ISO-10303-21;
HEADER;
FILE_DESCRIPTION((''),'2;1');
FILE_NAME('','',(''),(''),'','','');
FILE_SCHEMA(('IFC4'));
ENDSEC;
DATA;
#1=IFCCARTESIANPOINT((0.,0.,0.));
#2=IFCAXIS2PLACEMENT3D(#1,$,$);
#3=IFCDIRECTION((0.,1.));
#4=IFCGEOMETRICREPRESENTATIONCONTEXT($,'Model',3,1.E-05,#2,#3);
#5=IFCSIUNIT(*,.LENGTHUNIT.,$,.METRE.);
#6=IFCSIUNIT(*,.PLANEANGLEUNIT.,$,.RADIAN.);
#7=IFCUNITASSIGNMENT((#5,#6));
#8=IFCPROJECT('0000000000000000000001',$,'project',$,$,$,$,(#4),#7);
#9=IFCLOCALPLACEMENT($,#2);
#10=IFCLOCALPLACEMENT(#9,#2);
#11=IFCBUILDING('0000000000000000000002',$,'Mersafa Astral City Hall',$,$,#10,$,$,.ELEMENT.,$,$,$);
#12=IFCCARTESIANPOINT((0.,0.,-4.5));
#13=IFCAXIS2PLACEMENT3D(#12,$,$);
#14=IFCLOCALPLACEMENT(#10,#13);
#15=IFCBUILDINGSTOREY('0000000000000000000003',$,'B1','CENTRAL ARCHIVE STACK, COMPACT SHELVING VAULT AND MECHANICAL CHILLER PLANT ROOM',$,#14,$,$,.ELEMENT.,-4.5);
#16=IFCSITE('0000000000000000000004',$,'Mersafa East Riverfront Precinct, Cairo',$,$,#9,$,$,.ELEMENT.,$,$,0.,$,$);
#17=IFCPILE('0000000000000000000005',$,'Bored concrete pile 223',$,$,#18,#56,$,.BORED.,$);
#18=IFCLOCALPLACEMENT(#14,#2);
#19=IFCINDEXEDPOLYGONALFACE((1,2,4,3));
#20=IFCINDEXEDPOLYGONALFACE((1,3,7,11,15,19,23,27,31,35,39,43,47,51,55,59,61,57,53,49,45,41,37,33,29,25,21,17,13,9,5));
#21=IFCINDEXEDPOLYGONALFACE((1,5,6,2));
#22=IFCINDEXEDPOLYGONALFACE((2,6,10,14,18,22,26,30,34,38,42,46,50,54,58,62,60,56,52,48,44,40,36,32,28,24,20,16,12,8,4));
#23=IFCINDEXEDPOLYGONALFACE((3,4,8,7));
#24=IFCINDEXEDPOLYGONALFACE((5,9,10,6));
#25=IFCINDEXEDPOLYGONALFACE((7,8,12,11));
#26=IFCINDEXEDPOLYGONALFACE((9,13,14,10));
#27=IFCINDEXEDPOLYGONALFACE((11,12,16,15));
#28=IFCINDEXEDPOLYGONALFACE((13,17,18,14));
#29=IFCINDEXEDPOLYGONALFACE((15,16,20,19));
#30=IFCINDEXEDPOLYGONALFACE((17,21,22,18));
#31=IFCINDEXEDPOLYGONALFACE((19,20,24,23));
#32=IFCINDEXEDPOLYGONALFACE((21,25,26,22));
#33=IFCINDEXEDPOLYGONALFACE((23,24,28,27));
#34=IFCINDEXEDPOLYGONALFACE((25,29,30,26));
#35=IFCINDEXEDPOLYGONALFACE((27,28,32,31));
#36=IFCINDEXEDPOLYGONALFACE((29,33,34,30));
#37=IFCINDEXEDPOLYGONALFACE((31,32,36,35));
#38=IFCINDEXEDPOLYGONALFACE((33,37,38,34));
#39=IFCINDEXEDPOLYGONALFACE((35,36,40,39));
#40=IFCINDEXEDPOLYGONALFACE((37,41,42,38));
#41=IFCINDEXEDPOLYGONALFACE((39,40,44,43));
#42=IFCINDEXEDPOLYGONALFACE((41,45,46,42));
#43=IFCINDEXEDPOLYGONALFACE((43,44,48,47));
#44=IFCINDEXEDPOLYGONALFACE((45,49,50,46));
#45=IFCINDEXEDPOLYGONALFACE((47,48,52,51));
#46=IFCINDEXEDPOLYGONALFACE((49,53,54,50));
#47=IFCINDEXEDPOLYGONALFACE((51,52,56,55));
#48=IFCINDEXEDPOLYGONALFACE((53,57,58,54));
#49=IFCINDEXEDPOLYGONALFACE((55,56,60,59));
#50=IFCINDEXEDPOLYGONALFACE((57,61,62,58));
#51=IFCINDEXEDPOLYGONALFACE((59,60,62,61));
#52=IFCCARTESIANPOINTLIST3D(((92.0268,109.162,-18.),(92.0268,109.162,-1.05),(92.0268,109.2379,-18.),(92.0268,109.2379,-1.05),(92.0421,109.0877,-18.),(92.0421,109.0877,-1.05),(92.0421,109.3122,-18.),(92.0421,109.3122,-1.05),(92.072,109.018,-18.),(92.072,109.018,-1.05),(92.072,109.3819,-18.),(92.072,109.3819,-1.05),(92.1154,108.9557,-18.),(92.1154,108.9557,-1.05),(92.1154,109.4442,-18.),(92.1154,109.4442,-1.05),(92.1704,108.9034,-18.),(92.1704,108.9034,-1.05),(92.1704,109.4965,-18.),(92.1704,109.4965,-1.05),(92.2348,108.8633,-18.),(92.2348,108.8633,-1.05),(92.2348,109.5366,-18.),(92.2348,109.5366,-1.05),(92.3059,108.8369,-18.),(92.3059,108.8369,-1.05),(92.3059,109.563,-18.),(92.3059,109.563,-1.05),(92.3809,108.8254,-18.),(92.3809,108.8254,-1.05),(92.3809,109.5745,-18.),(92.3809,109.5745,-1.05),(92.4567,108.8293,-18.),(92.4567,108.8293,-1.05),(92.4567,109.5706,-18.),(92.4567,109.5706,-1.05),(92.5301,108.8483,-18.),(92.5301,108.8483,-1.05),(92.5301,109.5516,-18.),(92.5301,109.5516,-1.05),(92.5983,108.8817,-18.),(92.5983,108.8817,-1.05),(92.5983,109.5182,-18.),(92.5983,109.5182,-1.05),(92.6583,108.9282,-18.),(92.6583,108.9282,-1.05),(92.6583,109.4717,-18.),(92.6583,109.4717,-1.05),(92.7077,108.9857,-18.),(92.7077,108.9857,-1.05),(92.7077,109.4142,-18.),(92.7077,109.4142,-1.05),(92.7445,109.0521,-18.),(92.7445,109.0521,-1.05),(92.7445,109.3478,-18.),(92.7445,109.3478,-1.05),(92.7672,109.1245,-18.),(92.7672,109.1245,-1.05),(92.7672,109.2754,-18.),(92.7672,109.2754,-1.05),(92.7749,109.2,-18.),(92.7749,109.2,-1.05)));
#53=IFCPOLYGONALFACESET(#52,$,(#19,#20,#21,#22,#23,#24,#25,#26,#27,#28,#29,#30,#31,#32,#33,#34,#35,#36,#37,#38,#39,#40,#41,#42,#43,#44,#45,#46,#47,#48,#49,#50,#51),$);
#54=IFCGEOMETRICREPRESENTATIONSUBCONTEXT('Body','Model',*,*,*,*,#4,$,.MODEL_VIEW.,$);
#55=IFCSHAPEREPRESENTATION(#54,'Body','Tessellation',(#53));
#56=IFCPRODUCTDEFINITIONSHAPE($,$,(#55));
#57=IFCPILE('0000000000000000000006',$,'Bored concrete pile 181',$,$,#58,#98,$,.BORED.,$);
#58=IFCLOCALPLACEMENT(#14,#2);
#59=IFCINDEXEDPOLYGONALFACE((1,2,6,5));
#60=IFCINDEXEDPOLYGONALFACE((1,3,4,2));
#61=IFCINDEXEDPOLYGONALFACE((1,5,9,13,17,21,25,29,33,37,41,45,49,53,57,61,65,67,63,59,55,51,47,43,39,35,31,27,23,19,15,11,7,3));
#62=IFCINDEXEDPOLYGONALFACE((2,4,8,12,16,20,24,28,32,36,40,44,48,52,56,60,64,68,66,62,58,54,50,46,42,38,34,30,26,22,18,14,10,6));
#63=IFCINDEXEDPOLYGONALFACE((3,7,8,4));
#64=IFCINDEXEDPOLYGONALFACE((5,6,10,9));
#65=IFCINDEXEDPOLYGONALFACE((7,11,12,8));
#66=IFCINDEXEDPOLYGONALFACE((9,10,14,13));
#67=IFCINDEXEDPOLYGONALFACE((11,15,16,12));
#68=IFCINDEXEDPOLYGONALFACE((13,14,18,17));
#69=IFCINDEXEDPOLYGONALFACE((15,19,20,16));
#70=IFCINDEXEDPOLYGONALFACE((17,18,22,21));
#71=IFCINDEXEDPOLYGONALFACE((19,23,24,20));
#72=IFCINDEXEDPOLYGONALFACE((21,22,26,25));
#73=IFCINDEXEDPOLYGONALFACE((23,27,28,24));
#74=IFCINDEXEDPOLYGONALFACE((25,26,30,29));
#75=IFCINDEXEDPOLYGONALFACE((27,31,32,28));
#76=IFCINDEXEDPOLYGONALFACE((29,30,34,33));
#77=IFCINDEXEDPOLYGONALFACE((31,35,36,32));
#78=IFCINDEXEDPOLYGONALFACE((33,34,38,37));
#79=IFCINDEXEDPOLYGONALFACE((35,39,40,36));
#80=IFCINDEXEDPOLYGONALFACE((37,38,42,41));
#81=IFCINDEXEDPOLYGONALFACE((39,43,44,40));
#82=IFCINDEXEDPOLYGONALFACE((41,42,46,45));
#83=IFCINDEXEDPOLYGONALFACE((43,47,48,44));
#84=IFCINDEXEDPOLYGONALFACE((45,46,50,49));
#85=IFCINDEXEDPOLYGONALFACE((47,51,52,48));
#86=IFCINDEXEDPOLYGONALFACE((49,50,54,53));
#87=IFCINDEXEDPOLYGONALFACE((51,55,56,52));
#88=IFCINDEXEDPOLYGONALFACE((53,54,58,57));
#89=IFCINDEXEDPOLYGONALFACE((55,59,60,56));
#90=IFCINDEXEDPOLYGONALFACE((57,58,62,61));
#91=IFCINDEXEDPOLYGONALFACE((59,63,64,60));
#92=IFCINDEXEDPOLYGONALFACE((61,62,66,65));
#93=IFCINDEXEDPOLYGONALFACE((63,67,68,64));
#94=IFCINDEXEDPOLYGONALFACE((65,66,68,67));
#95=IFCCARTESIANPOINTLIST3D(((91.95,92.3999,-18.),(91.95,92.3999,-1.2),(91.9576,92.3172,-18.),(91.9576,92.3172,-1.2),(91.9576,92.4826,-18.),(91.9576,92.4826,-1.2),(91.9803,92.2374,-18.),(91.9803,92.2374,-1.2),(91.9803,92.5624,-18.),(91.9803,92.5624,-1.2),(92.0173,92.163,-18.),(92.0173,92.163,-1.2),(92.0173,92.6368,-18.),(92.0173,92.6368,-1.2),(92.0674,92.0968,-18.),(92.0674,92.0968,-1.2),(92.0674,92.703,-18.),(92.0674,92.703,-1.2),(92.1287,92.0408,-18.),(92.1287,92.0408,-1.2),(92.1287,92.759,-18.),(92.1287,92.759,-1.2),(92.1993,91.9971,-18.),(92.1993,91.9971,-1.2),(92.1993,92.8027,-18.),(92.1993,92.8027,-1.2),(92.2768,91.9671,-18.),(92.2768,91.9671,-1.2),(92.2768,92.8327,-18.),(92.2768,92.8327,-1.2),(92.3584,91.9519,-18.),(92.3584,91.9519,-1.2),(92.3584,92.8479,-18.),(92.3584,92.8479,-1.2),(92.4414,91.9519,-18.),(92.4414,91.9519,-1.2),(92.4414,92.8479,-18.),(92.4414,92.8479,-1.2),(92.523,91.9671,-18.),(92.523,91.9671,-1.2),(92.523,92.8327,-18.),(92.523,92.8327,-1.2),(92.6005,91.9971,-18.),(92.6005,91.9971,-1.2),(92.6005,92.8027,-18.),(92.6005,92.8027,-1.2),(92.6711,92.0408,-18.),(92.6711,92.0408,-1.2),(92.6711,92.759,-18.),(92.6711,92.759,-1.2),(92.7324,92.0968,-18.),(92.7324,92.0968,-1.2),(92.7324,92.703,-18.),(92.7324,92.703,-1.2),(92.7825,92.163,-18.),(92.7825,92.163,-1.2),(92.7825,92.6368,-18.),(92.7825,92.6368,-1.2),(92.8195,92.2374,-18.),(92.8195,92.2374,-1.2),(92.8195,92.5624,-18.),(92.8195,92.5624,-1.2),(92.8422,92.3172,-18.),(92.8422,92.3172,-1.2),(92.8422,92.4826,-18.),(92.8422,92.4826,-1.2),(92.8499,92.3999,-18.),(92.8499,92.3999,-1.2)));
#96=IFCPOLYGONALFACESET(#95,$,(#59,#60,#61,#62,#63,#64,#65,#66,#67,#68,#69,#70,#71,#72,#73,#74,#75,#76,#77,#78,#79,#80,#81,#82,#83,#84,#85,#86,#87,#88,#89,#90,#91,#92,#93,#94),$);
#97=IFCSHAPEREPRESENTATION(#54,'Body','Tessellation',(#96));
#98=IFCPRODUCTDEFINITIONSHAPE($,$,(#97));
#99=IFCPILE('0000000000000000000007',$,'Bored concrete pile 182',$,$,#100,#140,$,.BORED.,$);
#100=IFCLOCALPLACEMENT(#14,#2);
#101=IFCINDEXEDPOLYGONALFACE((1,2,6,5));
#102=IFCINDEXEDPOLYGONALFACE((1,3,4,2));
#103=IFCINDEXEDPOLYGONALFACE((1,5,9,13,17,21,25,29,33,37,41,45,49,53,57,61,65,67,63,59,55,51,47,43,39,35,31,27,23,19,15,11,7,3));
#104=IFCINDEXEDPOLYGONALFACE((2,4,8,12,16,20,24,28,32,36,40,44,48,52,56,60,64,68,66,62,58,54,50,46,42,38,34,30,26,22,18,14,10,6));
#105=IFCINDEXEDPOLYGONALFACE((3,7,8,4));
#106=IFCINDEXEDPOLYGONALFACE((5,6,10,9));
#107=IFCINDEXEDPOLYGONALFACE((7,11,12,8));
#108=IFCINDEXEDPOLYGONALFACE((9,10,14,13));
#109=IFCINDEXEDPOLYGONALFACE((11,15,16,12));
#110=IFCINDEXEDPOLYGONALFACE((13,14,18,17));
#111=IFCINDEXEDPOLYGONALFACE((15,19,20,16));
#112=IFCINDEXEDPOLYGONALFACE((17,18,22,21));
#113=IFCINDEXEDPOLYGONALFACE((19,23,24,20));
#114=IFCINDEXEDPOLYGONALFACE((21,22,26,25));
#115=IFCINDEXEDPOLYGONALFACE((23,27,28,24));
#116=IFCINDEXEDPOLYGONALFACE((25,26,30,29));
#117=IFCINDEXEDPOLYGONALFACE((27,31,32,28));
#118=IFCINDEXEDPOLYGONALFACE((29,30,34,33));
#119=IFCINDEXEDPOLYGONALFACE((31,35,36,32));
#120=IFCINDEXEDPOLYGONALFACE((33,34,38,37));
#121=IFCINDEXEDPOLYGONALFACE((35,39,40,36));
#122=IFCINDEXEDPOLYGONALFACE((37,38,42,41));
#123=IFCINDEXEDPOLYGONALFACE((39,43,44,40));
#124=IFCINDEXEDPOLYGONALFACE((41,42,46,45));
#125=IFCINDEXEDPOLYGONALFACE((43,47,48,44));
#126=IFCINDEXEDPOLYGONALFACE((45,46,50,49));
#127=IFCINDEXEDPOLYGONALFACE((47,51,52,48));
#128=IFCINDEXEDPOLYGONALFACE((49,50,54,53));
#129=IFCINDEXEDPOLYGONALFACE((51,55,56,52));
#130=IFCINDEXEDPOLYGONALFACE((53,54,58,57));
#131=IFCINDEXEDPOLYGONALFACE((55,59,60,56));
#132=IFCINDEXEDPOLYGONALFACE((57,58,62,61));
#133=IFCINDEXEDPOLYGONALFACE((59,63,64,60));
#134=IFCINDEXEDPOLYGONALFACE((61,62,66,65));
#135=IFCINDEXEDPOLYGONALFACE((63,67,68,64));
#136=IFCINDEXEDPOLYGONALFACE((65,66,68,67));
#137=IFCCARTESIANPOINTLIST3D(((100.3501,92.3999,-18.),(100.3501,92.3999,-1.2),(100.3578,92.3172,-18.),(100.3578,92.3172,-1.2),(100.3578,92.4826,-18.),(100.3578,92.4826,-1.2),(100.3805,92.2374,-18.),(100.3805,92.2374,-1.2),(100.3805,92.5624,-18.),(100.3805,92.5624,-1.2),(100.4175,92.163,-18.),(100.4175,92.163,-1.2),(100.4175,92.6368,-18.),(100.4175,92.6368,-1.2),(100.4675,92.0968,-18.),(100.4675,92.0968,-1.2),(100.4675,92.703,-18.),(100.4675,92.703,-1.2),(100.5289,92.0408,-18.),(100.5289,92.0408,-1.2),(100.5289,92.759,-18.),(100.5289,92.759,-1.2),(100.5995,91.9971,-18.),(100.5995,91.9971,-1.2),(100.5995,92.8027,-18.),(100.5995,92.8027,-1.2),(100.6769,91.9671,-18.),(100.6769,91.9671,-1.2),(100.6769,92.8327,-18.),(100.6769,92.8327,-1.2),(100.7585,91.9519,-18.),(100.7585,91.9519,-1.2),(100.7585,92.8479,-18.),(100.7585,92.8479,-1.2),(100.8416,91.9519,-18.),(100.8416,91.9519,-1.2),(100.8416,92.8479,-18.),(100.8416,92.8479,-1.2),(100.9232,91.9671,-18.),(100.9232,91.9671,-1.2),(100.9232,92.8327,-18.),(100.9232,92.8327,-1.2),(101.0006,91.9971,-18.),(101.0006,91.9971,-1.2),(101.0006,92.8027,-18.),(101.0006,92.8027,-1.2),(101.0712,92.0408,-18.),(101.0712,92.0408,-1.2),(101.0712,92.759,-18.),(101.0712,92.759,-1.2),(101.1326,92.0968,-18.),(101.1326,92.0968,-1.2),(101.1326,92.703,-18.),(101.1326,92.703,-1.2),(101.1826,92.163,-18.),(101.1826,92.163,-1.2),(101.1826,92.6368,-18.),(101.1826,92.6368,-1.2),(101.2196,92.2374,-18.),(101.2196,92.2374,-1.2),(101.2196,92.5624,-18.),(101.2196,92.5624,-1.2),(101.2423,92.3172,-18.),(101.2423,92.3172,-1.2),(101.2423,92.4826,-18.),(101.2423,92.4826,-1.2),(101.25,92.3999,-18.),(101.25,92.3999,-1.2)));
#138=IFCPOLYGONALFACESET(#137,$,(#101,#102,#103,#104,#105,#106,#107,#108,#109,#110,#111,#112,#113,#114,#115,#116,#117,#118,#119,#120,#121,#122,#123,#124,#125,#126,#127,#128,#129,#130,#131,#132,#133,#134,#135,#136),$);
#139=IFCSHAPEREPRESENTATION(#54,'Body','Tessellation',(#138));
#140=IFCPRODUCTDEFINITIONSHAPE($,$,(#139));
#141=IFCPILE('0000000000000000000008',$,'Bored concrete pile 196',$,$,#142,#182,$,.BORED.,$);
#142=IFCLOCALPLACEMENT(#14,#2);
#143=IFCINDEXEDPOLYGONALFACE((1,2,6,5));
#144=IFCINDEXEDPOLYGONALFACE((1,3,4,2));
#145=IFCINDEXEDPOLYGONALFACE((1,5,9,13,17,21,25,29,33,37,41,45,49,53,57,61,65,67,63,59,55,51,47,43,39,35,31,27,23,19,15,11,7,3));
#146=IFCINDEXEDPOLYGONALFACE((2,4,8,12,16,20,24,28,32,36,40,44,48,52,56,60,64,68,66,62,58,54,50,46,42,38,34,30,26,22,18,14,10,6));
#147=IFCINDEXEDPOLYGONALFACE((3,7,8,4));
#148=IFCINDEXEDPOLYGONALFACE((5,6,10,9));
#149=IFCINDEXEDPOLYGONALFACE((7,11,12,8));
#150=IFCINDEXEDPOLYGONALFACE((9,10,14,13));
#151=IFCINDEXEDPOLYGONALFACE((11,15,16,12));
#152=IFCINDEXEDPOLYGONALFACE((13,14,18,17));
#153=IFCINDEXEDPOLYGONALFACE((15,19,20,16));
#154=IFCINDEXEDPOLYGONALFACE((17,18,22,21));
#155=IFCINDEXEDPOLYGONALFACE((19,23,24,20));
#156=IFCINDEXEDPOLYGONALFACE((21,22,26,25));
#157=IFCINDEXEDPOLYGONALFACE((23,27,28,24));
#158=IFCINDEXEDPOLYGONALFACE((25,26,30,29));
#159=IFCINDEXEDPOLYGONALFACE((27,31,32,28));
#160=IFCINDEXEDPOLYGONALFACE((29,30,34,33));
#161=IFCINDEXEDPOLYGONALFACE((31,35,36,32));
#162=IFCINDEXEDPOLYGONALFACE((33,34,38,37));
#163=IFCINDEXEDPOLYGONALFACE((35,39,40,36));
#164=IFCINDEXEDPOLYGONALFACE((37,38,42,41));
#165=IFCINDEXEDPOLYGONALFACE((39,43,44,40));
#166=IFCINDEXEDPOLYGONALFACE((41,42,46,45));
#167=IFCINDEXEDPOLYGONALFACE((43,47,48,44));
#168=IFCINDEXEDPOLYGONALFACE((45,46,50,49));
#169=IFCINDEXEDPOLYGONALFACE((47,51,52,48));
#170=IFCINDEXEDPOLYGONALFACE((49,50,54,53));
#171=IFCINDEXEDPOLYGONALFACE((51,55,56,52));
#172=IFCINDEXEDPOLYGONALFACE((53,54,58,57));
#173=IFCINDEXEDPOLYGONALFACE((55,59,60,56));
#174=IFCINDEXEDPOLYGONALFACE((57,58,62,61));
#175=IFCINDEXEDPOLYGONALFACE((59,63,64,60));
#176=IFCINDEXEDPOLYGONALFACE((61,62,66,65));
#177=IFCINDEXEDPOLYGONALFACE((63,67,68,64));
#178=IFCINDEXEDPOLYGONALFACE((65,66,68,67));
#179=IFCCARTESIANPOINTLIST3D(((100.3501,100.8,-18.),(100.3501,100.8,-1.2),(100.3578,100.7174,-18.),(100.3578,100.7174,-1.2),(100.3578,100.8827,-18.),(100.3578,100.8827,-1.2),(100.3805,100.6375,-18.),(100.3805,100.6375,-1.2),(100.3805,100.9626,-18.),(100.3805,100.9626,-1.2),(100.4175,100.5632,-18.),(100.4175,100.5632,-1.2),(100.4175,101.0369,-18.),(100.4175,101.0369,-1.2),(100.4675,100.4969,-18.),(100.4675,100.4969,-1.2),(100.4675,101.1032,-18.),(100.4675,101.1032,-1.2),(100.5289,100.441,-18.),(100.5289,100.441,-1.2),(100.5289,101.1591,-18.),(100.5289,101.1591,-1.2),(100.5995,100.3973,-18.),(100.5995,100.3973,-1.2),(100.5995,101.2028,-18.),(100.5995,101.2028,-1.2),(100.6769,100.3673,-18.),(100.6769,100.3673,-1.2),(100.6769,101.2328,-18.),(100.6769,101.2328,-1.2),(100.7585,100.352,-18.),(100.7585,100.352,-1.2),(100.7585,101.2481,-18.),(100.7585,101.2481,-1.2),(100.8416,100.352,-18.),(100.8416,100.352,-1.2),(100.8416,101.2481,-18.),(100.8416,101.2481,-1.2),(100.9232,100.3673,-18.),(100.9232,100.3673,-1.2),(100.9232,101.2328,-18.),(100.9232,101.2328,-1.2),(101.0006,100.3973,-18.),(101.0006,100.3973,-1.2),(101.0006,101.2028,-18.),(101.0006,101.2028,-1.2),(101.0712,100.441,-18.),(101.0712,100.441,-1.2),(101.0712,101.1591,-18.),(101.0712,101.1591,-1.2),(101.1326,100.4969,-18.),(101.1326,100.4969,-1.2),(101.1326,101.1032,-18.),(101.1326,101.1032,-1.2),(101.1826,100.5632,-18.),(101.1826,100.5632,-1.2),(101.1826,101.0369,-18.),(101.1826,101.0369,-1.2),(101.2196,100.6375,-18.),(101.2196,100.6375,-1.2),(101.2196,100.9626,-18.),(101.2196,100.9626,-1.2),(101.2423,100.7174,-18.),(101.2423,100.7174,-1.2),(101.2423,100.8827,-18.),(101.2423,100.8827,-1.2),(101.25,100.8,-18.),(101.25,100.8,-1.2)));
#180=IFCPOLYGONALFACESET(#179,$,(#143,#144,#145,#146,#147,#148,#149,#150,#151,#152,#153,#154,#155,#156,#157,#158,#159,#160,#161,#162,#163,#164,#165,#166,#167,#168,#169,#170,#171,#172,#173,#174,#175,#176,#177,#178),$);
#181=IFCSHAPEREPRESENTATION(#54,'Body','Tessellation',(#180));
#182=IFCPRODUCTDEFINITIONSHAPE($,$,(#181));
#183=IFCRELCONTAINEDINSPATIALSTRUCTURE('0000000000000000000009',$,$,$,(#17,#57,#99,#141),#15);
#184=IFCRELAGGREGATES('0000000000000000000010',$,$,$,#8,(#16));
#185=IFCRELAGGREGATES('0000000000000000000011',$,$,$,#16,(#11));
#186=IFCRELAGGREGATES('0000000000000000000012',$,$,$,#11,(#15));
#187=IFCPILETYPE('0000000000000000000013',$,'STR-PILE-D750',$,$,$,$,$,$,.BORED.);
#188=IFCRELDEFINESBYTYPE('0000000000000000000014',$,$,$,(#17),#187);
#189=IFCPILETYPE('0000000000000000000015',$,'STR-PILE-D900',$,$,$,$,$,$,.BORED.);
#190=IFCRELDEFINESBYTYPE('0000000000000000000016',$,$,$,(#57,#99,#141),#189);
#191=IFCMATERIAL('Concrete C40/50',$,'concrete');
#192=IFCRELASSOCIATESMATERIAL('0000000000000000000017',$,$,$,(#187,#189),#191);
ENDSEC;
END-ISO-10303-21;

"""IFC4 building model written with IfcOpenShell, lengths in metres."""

from ifc_helpers import new_model, si_unit, direction, frame, origin, origin_2d, place, context, subcontext, project, spatial, circle, extrude, material, material_profile, profile_set, type_object, element, save


model = new_model("IFC4")

# Units and contexts
model_context = context("Model", 3, precision=1e-05, world=origin(), true_north=direction((0.0, 1.0)))
body_context = subcontext(model_context, "Body", "Model", "MODEL_VIEW")
ifc_project = project(units=[si_unit("LENGTHUNIT", "METRE"), si_unit("PLANEANGLEUNIT", "RADIAN")], contexts=[model_context])

# Site, building, storey
site_placement = place(None, origin())
site = spatial("IfcSite", under=ifc_project, at=site_placement, Name="Mersafa East Riverfront Precinct, Cairo", CompositionType="ELEMENT", RefElevation=0.0)
building_placement = place(site_placement, origin())
building = spatial("IfcBuilding", under=site, at=building_placement, Name="Mersafa Astral City Hall", CompositionType="ELEMENT")
storey_placement = place(building_placement, frame((0.0, 0.0, -4.5)))
storey = spatial("IfcBuildingStorey", under=building, at=storey_placement, Name="B1", Description="CENTRAL ARCHIVE STACK, COMPACT SHELVING VAULT AND MECHANICAL CHILLER PLANT ROOM", CompositionType="ELEMENT", Elevation=-4.5)

# Shared definitions
ifc_material_1 = material(Name="Concrete C40/50", Category="concrete")

# Piles
ifc_material_profile_1 = material_profile(ifc_material_1, circle(Radius=0.375, at=origin_2d()), Name="PILE D750")
ifc_profile_set_1 = profile_set([ifc_material_profile_1], Name="Concrete C40/50")
pile_type_1 = type_object("IfcPileType", Name="STR-PILE-D750", PredefinedType="BORED", material=ifc_profile_set_1)
for number, where, z_axis, x_axis, name in (
    (1, (92.3999, 109.2, -1.05), (0.0, 0.0, -1.0), (1.0, 0.0, 0.0), "Bored concrete pile 223"),
):
    element("IfcPile", number, at=place(storey_placement, frame(where, z_axis=z_axis, x_axis=x_axis)), inside=storey, type_object=pile_type_1, Name=name, PredefinedType="BORED", context=body_context, shape_type="SweptSolid", body=[
        extrude(circle(Radius=0.375, at=origin_2d()), origin(), (0.0, 0.0, 1.0), 16.95),
    ])
ifc_material_profile_2 = material_profile(ifc_material_1, circle(Radius=0.45, at=origin_2d()), Name="PILE D900")
ifc_profile_set_2 = profile_set([ifc_material_profile_2], Name="Concrete C40/50")
pile_type_2 = type_object("IfcPileType", Name="STR-PILE-D900", PredefinedType="BORED", material=ifc_profile_set_2)
for number, where, z_axis, x_axis, name in (
    (2, (92.3999, 92.3999, -1.2), (0.0, 0.0, -1.0), (1.0, 0.0, 0.0), "Bored concrete pile 181"),
    (3, (100.8, 92.3999, -1.2), (0.0, 0.0, -1.0), (1.0, 0.0, 0.0), "Bored concrete pile 182"),
    (4, (100.8, 100.8, -1.2), (0.0, 0.0, -1.0), (1.0, 0.0, 0.0), "Bored concrete pile 196"),
):
    element("IfcPile", number, at=place(storey_placement, frame(where, z_axis=z_axis, x_axis=x_axis)), inside=storey, type_object=pile_type_2, Name=name, PredefinedType="BORED", context=body_context, shape_type="SweptSolid", body=[
        extrude(circle(Radius=0.45, at=origin_2d()), origin(), (0.0, 0.0, 1.0), 16.8),
    ])

save(model, "model.ifc")
